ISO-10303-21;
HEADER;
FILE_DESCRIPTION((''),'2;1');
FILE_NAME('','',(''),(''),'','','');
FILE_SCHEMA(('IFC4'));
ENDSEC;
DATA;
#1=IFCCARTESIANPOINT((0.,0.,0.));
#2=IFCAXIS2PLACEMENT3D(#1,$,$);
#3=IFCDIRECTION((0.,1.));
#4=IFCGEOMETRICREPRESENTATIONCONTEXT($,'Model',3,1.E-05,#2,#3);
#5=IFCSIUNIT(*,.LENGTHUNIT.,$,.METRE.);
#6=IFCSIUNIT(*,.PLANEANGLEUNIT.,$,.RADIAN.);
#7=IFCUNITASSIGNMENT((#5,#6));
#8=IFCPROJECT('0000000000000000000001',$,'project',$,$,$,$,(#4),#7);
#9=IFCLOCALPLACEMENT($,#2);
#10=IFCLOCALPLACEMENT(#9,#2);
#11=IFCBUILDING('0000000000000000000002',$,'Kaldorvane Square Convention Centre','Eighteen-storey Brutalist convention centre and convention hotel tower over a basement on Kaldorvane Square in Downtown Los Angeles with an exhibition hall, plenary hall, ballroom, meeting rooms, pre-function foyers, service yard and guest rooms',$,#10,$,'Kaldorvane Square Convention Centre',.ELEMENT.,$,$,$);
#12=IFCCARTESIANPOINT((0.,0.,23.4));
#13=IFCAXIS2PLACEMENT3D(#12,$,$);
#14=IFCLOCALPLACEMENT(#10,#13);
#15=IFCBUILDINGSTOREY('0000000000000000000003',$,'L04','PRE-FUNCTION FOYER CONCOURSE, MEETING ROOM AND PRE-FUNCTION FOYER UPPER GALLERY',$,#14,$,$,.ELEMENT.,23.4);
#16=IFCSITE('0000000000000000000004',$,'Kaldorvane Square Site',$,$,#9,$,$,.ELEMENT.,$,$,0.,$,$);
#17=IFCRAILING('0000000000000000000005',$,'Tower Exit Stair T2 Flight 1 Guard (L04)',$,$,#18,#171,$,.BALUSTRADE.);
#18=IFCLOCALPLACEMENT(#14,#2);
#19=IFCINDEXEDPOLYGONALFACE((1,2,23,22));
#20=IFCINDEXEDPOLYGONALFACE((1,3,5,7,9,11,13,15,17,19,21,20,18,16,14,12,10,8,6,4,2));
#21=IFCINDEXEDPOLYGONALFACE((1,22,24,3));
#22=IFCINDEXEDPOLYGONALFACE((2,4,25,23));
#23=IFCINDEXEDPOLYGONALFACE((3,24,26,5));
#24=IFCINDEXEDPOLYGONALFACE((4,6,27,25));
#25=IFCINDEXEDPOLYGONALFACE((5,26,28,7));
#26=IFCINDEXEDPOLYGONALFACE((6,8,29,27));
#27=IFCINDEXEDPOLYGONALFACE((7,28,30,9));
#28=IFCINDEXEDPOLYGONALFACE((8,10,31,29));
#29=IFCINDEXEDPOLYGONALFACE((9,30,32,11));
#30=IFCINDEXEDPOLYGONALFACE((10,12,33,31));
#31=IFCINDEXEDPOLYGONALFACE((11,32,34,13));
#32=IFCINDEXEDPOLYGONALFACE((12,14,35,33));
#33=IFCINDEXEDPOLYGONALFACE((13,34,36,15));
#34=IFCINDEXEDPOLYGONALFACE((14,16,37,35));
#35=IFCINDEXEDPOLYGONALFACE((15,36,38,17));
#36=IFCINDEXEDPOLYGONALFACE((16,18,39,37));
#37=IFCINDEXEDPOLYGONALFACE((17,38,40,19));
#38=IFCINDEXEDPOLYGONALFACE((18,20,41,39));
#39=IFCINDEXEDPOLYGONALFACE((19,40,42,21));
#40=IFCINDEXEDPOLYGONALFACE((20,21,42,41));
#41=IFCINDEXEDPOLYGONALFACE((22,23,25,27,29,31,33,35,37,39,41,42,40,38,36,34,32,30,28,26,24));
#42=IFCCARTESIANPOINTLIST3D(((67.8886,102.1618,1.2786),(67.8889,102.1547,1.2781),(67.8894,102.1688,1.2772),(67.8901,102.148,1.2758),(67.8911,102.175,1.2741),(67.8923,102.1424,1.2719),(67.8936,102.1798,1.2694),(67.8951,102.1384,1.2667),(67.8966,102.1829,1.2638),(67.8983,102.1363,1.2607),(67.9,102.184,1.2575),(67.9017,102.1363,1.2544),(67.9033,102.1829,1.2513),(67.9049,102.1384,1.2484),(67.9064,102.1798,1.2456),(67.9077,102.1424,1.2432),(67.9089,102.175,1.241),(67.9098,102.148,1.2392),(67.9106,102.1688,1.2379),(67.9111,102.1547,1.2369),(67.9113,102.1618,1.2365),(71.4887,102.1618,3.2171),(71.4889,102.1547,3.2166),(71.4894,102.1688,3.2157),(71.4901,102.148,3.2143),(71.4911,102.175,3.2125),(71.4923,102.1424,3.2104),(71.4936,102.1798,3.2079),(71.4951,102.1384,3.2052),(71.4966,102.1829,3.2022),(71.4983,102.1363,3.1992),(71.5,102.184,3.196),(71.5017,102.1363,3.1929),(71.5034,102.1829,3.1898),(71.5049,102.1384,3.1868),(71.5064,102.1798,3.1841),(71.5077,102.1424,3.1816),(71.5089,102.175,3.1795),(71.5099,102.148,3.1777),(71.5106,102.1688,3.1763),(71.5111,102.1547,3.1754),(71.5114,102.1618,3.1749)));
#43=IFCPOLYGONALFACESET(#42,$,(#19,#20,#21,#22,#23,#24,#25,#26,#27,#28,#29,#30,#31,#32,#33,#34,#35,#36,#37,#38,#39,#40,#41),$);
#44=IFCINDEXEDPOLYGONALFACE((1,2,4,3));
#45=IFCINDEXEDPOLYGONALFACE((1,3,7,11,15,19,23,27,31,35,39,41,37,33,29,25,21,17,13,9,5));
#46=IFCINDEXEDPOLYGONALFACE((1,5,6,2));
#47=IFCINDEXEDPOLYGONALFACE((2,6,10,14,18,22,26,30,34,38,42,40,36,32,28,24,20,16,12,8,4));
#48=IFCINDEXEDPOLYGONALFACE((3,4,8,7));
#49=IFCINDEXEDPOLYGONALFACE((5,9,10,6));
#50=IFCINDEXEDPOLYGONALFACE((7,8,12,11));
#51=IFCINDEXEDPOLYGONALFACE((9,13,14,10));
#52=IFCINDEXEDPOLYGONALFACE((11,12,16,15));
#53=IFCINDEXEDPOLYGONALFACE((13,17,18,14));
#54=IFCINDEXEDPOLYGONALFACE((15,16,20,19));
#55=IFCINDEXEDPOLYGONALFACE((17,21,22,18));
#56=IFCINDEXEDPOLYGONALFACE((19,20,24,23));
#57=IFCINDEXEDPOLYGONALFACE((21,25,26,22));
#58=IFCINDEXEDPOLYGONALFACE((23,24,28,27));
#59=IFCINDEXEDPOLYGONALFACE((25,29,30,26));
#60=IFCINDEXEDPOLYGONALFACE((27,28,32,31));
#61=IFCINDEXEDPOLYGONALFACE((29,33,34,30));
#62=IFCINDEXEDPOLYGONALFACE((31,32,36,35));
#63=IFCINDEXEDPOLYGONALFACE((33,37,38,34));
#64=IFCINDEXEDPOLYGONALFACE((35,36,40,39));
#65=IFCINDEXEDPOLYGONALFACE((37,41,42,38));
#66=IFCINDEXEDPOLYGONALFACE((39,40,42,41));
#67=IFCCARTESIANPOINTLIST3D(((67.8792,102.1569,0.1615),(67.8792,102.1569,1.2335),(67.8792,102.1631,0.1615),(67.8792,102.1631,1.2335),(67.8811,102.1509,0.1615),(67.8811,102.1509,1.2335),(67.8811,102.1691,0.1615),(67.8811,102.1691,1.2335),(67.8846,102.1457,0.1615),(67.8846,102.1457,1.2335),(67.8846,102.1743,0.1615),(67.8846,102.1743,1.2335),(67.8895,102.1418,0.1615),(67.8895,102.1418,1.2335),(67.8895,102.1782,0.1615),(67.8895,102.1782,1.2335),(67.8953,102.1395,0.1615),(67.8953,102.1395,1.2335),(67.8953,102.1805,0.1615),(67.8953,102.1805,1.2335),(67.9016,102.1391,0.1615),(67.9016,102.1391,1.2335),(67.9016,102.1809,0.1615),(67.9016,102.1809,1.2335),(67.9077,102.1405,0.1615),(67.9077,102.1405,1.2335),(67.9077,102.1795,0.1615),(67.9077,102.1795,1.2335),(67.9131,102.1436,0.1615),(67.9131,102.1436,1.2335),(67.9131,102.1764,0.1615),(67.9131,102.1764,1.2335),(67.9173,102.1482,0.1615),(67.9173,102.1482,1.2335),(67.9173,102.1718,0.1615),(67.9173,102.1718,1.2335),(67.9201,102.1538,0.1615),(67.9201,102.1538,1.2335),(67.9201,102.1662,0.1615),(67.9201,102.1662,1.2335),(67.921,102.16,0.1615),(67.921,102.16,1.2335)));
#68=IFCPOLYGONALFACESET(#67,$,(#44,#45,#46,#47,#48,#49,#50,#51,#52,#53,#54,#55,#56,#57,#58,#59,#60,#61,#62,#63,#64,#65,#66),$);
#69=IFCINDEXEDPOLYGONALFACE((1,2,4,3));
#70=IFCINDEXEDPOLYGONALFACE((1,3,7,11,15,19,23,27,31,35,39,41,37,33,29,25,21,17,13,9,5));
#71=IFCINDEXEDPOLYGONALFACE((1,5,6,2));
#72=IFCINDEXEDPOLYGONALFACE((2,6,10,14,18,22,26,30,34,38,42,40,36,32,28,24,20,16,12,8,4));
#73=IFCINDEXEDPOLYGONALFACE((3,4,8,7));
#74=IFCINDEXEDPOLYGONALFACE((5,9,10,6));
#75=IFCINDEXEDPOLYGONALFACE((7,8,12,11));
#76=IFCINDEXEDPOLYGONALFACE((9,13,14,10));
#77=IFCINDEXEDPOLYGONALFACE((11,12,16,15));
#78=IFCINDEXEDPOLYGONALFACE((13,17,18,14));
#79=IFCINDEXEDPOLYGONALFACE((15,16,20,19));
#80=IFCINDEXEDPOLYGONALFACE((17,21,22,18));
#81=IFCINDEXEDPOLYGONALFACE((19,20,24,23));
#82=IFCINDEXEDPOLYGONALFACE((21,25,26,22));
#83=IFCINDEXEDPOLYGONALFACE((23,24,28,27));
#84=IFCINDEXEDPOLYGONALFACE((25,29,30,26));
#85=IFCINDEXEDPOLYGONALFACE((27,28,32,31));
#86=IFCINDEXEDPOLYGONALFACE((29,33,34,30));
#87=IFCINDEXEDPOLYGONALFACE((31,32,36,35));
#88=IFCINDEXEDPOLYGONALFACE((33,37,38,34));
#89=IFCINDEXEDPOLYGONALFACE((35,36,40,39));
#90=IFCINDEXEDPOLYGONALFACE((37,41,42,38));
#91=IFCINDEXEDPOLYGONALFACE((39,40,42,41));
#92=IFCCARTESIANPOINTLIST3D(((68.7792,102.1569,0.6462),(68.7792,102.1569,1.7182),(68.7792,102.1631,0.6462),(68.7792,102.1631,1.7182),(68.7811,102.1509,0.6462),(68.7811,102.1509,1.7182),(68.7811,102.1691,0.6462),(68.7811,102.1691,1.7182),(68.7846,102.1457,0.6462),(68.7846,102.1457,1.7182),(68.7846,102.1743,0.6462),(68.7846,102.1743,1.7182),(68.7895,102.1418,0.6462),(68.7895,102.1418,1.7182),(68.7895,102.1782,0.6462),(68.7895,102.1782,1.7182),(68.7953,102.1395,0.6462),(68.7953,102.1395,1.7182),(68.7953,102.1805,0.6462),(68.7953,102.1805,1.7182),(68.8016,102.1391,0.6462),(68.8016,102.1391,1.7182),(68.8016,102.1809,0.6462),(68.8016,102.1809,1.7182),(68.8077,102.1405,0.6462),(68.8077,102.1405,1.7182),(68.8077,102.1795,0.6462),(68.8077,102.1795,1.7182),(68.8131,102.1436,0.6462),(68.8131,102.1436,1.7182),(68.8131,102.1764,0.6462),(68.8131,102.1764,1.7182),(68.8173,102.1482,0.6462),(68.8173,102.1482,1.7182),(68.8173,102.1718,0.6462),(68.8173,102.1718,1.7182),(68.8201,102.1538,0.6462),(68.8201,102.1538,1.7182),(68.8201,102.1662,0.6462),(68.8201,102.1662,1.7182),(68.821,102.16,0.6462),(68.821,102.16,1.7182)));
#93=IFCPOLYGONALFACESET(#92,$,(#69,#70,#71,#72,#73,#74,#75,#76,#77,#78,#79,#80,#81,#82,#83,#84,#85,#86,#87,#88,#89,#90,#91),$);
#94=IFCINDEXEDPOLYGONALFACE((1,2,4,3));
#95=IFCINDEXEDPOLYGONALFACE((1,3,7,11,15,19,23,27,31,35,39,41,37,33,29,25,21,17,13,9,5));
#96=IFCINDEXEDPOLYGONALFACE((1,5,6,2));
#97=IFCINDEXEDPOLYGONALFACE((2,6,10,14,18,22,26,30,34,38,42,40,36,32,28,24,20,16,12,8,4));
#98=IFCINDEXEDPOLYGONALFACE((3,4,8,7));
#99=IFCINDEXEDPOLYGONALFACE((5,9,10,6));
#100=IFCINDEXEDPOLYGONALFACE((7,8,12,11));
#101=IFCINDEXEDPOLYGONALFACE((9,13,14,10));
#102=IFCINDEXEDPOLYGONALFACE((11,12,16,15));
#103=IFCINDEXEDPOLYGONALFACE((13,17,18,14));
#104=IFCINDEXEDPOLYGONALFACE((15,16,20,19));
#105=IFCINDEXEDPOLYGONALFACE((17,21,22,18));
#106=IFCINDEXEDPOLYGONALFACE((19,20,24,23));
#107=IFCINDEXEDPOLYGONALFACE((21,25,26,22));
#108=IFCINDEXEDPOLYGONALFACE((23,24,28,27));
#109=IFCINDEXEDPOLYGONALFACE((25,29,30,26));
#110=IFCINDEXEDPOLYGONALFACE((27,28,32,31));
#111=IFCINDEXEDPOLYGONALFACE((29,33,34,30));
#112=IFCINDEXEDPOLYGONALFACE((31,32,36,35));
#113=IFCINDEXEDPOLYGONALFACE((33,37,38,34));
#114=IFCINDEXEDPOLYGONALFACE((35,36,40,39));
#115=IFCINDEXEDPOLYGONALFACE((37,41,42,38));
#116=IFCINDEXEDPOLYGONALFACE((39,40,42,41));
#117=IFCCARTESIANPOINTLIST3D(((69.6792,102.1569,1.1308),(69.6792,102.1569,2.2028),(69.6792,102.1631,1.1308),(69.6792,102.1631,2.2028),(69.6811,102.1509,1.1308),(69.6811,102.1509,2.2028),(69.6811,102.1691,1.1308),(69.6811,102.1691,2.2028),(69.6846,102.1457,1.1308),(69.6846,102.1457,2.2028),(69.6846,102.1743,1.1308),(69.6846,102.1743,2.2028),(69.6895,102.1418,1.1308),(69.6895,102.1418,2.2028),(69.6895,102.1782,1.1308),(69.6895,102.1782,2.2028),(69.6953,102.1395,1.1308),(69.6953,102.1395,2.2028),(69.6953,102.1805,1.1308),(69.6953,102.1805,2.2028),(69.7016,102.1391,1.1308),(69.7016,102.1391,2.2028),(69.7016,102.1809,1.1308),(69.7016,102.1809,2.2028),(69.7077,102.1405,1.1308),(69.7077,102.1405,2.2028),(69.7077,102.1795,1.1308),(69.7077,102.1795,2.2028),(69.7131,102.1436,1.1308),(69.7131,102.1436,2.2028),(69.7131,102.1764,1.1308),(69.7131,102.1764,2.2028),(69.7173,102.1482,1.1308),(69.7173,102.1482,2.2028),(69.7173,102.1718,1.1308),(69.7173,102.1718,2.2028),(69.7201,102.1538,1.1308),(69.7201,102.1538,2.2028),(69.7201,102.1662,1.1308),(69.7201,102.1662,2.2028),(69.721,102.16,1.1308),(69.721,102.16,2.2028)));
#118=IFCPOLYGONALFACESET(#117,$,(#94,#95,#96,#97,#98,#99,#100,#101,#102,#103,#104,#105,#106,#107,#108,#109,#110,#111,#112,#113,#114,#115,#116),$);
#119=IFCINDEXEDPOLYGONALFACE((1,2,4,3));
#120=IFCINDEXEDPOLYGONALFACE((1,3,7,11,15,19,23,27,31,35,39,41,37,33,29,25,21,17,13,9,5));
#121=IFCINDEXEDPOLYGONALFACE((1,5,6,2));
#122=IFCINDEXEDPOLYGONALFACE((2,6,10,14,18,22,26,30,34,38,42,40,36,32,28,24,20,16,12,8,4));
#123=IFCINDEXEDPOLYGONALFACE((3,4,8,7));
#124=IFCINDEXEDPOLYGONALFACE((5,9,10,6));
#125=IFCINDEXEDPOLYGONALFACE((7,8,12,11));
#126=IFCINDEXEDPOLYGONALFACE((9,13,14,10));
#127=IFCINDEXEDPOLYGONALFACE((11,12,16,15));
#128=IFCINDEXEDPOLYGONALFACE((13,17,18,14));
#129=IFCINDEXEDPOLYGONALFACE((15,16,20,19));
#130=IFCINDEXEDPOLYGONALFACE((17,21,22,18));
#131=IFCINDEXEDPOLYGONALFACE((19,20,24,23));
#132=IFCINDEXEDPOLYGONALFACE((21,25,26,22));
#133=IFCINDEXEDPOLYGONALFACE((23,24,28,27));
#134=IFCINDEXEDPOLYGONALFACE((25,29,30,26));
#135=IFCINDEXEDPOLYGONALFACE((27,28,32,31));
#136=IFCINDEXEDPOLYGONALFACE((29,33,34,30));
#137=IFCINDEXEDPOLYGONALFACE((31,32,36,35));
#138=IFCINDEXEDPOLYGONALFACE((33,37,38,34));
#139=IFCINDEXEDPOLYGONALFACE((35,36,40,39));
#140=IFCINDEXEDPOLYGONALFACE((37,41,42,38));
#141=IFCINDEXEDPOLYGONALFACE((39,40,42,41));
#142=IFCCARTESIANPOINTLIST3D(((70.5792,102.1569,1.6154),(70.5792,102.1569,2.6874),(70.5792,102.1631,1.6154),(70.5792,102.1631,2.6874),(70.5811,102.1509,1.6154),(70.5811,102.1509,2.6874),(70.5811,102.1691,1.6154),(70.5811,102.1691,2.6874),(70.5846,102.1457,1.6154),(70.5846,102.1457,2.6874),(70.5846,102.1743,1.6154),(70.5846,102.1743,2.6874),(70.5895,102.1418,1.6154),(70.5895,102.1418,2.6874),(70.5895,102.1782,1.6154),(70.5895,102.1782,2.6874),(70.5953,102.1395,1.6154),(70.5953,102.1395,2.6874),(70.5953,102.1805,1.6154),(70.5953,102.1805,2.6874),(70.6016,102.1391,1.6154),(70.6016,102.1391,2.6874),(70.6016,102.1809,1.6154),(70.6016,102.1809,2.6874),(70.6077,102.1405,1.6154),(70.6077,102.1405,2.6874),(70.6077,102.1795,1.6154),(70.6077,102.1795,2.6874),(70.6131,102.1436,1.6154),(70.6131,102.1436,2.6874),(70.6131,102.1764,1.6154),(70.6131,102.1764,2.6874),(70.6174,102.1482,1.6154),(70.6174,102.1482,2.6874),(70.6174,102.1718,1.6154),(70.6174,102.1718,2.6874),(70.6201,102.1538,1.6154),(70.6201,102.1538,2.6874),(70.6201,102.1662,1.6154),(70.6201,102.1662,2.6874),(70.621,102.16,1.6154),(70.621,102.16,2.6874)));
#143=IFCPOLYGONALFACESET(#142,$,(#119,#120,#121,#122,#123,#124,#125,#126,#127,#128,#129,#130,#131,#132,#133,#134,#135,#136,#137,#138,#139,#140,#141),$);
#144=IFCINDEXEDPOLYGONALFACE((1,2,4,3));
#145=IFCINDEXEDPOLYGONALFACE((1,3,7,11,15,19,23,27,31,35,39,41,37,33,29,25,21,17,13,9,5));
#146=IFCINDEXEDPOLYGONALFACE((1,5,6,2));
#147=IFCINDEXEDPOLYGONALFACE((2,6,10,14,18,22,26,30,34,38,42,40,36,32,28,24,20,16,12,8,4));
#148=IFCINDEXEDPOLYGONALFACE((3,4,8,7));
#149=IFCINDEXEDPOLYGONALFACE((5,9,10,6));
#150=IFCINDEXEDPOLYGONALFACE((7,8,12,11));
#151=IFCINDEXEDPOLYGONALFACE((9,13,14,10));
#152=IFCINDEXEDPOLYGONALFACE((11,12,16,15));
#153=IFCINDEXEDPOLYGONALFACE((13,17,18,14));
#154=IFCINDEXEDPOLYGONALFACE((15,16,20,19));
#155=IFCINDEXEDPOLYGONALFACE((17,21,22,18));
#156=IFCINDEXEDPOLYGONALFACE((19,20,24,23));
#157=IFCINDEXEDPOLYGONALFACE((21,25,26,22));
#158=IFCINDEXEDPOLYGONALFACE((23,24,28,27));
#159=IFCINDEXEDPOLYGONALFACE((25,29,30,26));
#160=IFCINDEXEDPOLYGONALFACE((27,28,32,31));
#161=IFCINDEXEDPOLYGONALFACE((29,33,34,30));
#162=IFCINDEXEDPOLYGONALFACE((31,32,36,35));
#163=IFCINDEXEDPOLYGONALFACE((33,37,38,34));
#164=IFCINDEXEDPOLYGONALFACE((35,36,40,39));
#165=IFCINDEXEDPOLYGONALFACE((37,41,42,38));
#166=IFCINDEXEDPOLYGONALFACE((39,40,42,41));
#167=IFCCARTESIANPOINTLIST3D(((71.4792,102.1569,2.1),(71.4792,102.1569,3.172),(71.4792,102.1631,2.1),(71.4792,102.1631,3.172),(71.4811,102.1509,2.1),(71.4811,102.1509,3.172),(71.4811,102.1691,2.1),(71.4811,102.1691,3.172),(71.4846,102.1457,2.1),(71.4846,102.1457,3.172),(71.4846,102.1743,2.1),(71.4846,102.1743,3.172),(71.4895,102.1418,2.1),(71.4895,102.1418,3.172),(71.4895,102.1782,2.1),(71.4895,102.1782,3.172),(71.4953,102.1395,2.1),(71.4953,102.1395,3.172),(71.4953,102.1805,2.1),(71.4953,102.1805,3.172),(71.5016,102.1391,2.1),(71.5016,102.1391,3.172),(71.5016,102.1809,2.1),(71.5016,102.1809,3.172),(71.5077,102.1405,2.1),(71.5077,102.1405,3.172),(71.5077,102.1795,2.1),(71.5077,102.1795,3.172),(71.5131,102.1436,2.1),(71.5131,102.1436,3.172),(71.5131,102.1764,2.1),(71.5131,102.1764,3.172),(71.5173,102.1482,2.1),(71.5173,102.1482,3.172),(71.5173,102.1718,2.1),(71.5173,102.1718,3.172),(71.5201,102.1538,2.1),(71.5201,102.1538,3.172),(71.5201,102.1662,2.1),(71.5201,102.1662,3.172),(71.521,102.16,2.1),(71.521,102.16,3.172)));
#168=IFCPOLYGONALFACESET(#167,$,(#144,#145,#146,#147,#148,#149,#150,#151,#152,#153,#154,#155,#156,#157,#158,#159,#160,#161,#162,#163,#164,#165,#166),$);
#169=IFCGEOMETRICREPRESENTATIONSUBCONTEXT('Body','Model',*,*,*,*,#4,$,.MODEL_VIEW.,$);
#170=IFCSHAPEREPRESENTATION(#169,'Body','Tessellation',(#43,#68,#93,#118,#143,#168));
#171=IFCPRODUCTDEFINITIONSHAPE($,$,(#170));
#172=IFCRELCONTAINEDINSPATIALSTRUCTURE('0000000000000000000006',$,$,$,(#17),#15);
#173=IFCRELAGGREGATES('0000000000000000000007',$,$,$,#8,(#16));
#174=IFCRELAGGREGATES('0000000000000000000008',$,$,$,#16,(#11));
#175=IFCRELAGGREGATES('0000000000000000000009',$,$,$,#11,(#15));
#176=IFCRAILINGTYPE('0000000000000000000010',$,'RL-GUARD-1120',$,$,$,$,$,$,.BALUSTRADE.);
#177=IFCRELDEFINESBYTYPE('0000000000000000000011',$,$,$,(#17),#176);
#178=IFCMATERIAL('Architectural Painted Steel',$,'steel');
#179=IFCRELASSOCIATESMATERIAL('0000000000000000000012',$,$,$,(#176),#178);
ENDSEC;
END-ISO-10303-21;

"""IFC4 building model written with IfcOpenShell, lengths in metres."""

from ifc_helpers import new_model, si_unit, direction, frame, origin, origin_2d, place, context, subcontext, project, spatial, circle, extrude, material, type_object, element, save


model = new_model("IFC4")

# Units and contexts
model_context = context("Model", 3, precision=1e-05, world=origin(), true_north=direction((0.0, 1.0)))
body_context = subcontext(model_context, "Body", "Model", "MODEL_VIEW")
ifc_project = project(units=[si_unit("LENGTHUNIT", "METRE"), si_unit("PLANEANGLEUNIT", "RADIAN")], contexts=[model_context])

# Site, building, storey
site_placement = place(None, origin())
site = spatial("IfcSite", under=ifc_project, at=site_placement, Name="Kaldorvane Square Site", CompositionType="ELEMENT", RefElevation=0.0)
building_placement = place(site_placement, origin())
building = spatial("IfcBuilding", under=site, at=building_placement, Name="Kaldorvane Square Convention Centre", Description="Eighteen-storey Brutalist convention centre and convention hotel tower over a basement on Kaldorvane Square in Downtown Los Angeles with an exhibition hall, plenary hall, ballroom, meeting rooms, pre-function foyers, service yard and guest rooms", LongName="Kaldorvane Square Convention Centre", CompositionType="ELEMENT")
storey_placement = place(building_placement, frame((0.0, 0.0, 23.4)))
storey = spatial("IfcBuildingStorey", under=building, at=storey_placement, Name="L04", Description="PRE-FUNCTION FOYER CONCOURSE, MEETING ROOM AND PRE-FUNCTION FOYER UPPER GALLERY", CompositionType="ELEMENT", Elevation=23.4)

# Railing
ifc_material_1 = material(Name="Architectural Painted Steel", Category="steel")
railing_type_1 = type_object("IfcRailingType", Name="RL-GUARD-1120", PredefinedType="BALUSTRADE", material=ifc_material_1)
railing_1_placement = place(storey_placement, frame((67.9, 102.16, 0.1615)))
element("IfcRailing", 1, at=railing_1_placement, inside=storey, type_object=railing_type_1, Name="Tower Exit Stair T2 Flight 1 Guard (L04)", PredefinedType="BALUSTRADE", context=body_context, shape_type="SweptSolid", body=[
    extrude(circle(Radius=0.024, at=origin_2d()), frame((0.0, 0.0, 1.096), z_axis=(0.880471, 0.0, 0.474099), x_axis=(0.0, 1.0, 0.0)), (0.0, 0.0, 1.0), 4.0887),
    extrude(circle(Radius=0.021, at=origin_2d()), origin(), (0.0, 0.0, 1.0), 1.072),
    extrude(circle(Radius=0.021, at=origin_2d()), frame((0.9, 0.0, 0.4846)), (0.0, 0.0, 1.0), 1.072),
    extrude(circle(Radius=0.021, at=origin_2d()), frame((1.8, 0.0, 0.9692)), (0.0, 0.0, 1.0), 1.072),
    extrude(circle(Radius=0.021, at=origin_2d()), frame((2.7, 0.0, 1.4538)), (0.0, 0.0, 1.0), 1.072),
    extrude(circle(Radius=0.021, at=origin_2d()), frame((3.6, 0.0, 1.9385)), (0.0, 0.0, 1.0), 1.072),
])

save(model, "model.ifc")
